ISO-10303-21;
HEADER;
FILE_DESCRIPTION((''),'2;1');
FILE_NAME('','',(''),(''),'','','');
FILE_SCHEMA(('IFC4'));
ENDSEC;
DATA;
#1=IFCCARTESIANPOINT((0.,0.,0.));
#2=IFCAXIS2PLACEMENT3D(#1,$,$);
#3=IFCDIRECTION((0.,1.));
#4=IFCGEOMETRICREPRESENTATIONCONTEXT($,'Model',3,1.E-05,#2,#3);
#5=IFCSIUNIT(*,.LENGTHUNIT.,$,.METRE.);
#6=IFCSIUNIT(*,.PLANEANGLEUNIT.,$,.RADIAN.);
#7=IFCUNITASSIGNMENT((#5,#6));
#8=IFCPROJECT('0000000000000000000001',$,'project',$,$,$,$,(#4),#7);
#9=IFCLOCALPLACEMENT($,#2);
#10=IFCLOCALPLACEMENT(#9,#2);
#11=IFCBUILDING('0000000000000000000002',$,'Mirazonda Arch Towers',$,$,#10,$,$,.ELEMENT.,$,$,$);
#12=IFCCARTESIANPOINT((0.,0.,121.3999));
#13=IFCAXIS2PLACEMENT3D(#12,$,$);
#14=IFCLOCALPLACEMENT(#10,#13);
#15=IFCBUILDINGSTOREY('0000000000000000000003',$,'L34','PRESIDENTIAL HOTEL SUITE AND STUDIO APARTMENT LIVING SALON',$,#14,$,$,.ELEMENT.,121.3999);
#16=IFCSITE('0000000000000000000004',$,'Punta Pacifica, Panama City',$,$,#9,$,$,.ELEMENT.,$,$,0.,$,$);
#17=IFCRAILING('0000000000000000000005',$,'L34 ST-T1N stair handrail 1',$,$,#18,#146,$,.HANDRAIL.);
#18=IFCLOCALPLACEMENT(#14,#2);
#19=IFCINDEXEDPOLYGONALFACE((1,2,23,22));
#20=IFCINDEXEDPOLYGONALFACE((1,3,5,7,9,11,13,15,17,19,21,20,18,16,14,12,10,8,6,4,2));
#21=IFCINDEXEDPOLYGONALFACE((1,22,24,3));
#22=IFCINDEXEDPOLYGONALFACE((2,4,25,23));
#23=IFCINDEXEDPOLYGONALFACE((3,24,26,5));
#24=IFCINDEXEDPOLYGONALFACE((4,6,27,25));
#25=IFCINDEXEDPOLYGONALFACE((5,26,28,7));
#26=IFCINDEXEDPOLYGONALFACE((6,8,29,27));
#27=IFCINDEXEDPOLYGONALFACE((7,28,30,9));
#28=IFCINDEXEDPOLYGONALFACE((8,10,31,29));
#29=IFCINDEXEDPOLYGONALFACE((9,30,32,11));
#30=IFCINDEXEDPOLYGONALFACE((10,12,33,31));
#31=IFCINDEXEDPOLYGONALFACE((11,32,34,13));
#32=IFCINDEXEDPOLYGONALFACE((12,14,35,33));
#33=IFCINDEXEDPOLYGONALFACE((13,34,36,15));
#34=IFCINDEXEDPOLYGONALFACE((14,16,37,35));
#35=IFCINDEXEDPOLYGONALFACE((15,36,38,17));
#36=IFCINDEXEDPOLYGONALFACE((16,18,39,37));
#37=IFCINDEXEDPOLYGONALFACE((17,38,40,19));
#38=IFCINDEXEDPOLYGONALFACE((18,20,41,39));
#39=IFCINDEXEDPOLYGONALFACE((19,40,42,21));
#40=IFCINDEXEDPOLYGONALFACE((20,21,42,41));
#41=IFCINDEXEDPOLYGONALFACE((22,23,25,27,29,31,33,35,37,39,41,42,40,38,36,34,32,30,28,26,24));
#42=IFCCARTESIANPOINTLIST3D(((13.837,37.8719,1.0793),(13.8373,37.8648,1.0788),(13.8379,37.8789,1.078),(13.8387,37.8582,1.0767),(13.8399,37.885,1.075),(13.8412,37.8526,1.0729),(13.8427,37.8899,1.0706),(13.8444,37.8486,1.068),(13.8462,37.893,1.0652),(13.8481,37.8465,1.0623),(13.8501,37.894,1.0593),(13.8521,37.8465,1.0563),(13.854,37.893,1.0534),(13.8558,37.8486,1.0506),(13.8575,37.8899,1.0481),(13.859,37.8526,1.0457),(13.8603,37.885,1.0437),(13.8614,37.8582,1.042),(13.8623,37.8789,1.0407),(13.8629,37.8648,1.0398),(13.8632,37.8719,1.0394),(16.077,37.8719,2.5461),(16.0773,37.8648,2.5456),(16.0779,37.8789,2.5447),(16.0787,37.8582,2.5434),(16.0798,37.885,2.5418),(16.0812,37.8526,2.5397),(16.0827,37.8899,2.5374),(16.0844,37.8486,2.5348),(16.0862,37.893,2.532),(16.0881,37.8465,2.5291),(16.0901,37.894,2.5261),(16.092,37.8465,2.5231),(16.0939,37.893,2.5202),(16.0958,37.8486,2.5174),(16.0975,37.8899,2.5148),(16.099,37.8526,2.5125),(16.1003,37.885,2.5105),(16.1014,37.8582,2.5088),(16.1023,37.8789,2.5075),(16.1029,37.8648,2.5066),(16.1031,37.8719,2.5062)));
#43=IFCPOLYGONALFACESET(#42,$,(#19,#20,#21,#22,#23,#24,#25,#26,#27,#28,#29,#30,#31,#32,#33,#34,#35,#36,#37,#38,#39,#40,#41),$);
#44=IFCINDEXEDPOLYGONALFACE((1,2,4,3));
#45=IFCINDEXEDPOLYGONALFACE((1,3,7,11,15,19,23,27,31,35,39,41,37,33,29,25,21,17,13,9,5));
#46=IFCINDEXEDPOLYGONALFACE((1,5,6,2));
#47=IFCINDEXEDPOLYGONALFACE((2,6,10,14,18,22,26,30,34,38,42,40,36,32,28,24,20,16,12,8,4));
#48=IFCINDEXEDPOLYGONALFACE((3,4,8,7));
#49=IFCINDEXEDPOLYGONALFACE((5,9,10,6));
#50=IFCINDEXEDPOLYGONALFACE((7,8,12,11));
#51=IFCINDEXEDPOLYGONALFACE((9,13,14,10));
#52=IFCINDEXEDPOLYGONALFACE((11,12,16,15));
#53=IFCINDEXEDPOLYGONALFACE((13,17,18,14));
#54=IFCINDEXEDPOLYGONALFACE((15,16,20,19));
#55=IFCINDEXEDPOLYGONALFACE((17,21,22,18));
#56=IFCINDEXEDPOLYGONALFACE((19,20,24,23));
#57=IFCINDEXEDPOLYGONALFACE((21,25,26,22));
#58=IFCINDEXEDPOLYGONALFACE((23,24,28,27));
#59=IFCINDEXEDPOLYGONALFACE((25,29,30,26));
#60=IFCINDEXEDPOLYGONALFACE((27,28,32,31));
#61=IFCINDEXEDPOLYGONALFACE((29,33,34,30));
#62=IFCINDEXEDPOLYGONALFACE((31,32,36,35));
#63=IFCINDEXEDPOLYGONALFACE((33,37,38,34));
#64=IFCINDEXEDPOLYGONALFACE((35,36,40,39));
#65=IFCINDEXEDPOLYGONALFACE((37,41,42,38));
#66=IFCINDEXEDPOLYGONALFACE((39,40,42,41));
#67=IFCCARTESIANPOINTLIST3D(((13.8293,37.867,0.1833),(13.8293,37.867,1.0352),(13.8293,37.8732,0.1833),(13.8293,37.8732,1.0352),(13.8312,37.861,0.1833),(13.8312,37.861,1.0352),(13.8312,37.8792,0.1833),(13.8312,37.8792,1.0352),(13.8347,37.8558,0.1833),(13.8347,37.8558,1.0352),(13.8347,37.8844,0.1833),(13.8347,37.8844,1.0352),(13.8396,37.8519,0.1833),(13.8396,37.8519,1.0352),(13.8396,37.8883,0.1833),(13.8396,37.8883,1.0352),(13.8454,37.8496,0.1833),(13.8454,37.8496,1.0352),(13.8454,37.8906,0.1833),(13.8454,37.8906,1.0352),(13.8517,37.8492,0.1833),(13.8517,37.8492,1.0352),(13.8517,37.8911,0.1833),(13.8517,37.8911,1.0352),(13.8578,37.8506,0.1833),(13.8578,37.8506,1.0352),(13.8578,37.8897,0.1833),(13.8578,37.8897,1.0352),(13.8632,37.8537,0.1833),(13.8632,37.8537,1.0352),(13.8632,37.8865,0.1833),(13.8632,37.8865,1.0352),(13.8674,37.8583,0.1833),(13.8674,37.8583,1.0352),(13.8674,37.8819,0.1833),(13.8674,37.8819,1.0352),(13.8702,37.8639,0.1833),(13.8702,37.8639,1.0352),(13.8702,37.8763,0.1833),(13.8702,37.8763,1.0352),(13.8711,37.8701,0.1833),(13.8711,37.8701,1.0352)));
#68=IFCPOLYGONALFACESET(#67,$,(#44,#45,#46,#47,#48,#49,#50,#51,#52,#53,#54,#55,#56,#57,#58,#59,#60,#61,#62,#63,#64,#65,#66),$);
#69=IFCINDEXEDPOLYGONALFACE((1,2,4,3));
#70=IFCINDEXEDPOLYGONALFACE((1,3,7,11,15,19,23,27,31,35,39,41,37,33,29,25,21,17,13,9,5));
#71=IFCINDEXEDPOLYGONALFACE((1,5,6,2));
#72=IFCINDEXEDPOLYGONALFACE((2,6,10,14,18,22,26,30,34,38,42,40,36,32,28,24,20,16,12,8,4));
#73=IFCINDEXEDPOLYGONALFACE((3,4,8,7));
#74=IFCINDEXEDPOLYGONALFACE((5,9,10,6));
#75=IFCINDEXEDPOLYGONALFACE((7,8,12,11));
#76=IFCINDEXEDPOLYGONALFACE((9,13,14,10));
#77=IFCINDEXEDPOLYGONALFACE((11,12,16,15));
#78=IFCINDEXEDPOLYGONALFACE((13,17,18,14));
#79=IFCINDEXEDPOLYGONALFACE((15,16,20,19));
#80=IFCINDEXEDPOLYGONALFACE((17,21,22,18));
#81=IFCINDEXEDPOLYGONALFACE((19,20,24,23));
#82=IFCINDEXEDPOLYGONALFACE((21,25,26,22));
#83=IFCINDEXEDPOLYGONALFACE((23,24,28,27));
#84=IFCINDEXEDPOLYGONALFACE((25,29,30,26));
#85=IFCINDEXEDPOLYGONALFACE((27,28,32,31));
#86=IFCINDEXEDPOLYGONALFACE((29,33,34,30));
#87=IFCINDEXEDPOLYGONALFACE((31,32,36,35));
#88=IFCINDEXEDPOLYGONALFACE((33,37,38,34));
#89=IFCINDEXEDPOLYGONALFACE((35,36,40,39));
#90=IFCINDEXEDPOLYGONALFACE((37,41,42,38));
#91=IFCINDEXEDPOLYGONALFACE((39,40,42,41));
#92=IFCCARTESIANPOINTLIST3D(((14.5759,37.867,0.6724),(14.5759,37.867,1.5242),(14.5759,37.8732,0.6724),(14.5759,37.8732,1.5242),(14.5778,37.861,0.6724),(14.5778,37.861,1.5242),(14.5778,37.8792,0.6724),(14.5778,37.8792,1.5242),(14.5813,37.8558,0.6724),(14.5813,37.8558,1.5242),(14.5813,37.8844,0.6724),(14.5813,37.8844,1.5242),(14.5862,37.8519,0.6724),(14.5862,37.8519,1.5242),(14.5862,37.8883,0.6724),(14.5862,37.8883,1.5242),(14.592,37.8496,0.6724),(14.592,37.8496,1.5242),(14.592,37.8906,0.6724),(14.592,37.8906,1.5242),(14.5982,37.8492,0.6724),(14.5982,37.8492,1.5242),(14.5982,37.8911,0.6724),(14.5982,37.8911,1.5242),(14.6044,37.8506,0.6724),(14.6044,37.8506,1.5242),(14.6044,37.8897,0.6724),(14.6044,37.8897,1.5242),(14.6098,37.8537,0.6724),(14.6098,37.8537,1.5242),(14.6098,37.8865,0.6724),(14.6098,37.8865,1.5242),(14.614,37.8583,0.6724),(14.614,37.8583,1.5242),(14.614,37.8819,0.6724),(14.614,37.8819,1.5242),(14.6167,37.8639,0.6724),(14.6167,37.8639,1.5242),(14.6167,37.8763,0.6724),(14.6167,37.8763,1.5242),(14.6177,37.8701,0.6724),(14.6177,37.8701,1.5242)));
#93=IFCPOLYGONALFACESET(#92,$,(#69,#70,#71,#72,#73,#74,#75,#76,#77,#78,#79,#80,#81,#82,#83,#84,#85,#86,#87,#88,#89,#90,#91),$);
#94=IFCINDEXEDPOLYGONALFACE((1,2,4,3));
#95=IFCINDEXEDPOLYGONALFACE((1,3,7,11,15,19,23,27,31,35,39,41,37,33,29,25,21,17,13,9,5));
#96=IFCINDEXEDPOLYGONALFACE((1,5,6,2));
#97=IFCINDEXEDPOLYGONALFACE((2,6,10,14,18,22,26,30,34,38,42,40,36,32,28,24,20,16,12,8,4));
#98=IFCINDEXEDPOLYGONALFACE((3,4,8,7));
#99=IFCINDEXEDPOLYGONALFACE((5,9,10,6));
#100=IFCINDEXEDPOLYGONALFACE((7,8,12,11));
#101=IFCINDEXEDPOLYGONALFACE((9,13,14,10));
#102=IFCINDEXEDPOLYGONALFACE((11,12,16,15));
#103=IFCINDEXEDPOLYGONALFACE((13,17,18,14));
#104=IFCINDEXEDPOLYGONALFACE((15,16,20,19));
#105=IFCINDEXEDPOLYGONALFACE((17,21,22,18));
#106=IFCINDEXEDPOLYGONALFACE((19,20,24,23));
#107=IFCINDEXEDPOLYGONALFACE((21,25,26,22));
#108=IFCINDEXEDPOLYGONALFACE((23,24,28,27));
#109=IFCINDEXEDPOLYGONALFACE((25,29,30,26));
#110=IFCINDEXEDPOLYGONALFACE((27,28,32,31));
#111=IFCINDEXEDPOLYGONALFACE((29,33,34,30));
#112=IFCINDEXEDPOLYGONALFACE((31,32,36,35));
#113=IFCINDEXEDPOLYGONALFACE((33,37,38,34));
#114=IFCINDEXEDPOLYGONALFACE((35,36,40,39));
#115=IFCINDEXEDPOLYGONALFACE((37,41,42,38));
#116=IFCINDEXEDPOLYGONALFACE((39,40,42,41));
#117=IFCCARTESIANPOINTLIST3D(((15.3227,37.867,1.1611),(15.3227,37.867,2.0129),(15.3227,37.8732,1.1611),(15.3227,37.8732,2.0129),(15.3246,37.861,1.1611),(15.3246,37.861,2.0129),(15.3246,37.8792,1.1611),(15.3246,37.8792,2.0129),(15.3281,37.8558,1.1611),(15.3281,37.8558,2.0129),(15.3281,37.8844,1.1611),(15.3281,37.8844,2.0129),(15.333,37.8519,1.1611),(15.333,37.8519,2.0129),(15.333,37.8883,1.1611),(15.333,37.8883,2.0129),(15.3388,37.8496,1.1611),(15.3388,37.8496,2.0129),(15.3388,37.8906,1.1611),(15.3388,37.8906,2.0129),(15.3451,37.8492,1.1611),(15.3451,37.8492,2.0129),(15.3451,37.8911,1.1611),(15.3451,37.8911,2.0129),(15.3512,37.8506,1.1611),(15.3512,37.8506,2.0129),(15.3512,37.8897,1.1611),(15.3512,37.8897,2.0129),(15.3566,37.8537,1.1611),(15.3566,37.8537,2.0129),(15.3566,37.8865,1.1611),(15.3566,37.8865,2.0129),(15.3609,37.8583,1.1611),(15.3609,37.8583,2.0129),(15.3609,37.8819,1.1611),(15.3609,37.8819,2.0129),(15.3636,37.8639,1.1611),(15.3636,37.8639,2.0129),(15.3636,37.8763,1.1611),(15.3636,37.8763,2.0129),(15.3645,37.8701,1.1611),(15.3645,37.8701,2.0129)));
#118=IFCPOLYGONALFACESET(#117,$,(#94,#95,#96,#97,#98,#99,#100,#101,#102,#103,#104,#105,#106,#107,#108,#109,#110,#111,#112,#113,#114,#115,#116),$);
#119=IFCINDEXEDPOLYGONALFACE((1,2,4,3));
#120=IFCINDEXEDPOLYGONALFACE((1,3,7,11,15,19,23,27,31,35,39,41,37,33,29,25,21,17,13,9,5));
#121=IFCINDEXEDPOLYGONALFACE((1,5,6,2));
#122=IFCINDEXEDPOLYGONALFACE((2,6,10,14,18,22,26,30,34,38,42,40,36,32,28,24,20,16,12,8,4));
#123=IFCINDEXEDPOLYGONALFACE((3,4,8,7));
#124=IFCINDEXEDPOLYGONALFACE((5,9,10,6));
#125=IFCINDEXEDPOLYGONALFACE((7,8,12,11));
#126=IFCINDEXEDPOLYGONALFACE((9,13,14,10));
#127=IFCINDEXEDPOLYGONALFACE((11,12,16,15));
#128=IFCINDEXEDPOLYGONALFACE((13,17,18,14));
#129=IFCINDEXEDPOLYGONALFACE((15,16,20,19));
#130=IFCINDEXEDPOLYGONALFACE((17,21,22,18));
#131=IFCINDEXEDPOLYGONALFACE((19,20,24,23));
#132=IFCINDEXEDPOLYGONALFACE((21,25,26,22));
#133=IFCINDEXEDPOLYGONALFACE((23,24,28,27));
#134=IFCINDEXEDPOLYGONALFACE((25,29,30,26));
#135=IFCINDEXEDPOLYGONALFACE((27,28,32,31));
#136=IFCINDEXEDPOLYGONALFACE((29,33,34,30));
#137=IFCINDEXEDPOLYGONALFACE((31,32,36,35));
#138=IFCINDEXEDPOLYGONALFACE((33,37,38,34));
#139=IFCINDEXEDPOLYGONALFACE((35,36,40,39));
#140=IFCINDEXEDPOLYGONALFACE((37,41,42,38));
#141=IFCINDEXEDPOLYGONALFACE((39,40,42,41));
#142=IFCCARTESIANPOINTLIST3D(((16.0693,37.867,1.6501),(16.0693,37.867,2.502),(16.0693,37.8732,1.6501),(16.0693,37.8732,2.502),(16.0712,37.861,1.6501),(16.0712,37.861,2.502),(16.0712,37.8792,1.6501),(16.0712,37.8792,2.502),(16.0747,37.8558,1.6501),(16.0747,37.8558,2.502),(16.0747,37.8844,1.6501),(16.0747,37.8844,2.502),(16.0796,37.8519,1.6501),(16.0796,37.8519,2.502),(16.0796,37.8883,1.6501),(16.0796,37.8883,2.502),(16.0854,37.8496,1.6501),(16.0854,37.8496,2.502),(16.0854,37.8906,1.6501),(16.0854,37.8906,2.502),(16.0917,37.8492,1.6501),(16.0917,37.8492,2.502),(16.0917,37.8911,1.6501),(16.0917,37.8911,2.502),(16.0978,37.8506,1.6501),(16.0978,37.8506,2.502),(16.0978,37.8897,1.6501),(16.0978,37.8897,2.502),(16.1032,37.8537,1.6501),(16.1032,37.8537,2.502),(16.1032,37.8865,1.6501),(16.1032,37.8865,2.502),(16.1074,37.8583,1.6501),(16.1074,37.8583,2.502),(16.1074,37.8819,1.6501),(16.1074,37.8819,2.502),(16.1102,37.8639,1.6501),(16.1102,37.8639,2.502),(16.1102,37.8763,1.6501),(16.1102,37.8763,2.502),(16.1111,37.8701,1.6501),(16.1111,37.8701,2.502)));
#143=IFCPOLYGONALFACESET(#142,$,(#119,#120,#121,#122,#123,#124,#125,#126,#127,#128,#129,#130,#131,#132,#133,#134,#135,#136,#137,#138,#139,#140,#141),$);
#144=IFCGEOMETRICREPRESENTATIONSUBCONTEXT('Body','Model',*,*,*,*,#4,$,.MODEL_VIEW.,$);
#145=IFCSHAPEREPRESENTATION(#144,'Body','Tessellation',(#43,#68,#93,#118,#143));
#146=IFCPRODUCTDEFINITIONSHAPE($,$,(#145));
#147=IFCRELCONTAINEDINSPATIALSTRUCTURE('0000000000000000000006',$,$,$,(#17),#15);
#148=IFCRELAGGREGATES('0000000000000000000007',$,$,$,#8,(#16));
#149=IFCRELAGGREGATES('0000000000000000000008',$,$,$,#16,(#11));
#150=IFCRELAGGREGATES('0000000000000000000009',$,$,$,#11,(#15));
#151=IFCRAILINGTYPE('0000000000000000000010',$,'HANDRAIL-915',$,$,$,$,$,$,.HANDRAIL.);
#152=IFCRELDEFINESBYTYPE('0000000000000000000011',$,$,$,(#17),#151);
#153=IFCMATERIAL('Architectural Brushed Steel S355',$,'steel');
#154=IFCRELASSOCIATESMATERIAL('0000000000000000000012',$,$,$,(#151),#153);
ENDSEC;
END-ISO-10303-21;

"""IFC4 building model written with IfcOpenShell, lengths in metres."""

from ifc_helpers import new_model, si_unit, direction, frame, origin, origin_2d, place, context, subcontext, project, spatial, circle, extrude, material, type_object, element, save


model = new_model("IFC4")

# Units and contexts
model_context = context("Model", 3, precision=1e-05, world=origin(), true_north=direction((0.0, 1.0)))
body_context = subcontext(model_context, "Body", "Model", "MODEL_VIEW")
ifc_project = project(units=[si_unit("LENGTHUNIT", "METRE"), si_unit("PLANEANGLEUNIT", "RADIAN")], contexts=[model_context])

# Site, building, storey
site_placement = place(None, origin())
site = spatial("IfcSite", under=ifc_project, at=site_placement, Name="Punta Pacifica, Panama City", CompositionType="ELEMENT", RefElevation=0.0)
building_placement = place(site_placement, origin())
building = spatial("IfcBuilding", under=site, at=building_placement, Name="Mirazonda Arch Towers", CompositionType="ELEMENT")
storey_placement = place(building_placement, frame((0.0, 0.0, 121.3999)))
storey = spatial("IfcBuildingStorey", under=building, at=storey_placement, Name="L34", Description="PRESIDENTIAL HOTEL SUITE AND STUDIO APARTMENT LIVING SALON", CompositionType="ELEMENT", Elevation=121.3999)

# Shared definitions
ifc_material_1 = material(Name="Architectural Brushed Steel S355", Category="steel")

# Railing
railing_type_1 = type_object("IfcRailingType", Name="HANDRAIL-915", PredefinedType="HANDRAIL", material=ifc_material_1)
railing_1_placement = place(storey_placement, frame((13.8501, 37.8701, 0.1833)))
element("IfcRailing", 1, at=railing_1_placement, inside=storey, type_object=railing_type_1, Name="L34 ST-T1N stair handrail 1", PredefinedType="HANDRAIL", context=body_context, shape_type="SweptSolid", body=[
    extrude(circle(Radius=0.0239, at=origin_2d()), frame((0.0, 0.0, 0.876), z_axis=(0.836595, 0.0, 0.547822), x_axis=(0.0, 1.0, 0.0)), (0.0, 0.0, 1.0), 2.6775),
    extrude(circle(Radius=0.021, at=origin_2d()), origin(), (0.0, 0.0, 1.0), 0.8518),
    extrude(circle(Radius=0.021, at=origin_2d()), frame((0.7466, 0.0, 0.489)), (0.0, 0.0, 1.0), 0.8518),
    extrude(circle(Radius=0.021, at=origin_2d()), frame((1.4934, 0.0, 0.9778)), (0.0, 0.0, 1.0), 0.8518),
    extrude(circle(Radius=0.021, at=origin_2d()), frame((2.24, 0.0, 1.4668)), (0.0, 0.0, 1.0), 0.8518),
])

save(model, "model.ifc")
